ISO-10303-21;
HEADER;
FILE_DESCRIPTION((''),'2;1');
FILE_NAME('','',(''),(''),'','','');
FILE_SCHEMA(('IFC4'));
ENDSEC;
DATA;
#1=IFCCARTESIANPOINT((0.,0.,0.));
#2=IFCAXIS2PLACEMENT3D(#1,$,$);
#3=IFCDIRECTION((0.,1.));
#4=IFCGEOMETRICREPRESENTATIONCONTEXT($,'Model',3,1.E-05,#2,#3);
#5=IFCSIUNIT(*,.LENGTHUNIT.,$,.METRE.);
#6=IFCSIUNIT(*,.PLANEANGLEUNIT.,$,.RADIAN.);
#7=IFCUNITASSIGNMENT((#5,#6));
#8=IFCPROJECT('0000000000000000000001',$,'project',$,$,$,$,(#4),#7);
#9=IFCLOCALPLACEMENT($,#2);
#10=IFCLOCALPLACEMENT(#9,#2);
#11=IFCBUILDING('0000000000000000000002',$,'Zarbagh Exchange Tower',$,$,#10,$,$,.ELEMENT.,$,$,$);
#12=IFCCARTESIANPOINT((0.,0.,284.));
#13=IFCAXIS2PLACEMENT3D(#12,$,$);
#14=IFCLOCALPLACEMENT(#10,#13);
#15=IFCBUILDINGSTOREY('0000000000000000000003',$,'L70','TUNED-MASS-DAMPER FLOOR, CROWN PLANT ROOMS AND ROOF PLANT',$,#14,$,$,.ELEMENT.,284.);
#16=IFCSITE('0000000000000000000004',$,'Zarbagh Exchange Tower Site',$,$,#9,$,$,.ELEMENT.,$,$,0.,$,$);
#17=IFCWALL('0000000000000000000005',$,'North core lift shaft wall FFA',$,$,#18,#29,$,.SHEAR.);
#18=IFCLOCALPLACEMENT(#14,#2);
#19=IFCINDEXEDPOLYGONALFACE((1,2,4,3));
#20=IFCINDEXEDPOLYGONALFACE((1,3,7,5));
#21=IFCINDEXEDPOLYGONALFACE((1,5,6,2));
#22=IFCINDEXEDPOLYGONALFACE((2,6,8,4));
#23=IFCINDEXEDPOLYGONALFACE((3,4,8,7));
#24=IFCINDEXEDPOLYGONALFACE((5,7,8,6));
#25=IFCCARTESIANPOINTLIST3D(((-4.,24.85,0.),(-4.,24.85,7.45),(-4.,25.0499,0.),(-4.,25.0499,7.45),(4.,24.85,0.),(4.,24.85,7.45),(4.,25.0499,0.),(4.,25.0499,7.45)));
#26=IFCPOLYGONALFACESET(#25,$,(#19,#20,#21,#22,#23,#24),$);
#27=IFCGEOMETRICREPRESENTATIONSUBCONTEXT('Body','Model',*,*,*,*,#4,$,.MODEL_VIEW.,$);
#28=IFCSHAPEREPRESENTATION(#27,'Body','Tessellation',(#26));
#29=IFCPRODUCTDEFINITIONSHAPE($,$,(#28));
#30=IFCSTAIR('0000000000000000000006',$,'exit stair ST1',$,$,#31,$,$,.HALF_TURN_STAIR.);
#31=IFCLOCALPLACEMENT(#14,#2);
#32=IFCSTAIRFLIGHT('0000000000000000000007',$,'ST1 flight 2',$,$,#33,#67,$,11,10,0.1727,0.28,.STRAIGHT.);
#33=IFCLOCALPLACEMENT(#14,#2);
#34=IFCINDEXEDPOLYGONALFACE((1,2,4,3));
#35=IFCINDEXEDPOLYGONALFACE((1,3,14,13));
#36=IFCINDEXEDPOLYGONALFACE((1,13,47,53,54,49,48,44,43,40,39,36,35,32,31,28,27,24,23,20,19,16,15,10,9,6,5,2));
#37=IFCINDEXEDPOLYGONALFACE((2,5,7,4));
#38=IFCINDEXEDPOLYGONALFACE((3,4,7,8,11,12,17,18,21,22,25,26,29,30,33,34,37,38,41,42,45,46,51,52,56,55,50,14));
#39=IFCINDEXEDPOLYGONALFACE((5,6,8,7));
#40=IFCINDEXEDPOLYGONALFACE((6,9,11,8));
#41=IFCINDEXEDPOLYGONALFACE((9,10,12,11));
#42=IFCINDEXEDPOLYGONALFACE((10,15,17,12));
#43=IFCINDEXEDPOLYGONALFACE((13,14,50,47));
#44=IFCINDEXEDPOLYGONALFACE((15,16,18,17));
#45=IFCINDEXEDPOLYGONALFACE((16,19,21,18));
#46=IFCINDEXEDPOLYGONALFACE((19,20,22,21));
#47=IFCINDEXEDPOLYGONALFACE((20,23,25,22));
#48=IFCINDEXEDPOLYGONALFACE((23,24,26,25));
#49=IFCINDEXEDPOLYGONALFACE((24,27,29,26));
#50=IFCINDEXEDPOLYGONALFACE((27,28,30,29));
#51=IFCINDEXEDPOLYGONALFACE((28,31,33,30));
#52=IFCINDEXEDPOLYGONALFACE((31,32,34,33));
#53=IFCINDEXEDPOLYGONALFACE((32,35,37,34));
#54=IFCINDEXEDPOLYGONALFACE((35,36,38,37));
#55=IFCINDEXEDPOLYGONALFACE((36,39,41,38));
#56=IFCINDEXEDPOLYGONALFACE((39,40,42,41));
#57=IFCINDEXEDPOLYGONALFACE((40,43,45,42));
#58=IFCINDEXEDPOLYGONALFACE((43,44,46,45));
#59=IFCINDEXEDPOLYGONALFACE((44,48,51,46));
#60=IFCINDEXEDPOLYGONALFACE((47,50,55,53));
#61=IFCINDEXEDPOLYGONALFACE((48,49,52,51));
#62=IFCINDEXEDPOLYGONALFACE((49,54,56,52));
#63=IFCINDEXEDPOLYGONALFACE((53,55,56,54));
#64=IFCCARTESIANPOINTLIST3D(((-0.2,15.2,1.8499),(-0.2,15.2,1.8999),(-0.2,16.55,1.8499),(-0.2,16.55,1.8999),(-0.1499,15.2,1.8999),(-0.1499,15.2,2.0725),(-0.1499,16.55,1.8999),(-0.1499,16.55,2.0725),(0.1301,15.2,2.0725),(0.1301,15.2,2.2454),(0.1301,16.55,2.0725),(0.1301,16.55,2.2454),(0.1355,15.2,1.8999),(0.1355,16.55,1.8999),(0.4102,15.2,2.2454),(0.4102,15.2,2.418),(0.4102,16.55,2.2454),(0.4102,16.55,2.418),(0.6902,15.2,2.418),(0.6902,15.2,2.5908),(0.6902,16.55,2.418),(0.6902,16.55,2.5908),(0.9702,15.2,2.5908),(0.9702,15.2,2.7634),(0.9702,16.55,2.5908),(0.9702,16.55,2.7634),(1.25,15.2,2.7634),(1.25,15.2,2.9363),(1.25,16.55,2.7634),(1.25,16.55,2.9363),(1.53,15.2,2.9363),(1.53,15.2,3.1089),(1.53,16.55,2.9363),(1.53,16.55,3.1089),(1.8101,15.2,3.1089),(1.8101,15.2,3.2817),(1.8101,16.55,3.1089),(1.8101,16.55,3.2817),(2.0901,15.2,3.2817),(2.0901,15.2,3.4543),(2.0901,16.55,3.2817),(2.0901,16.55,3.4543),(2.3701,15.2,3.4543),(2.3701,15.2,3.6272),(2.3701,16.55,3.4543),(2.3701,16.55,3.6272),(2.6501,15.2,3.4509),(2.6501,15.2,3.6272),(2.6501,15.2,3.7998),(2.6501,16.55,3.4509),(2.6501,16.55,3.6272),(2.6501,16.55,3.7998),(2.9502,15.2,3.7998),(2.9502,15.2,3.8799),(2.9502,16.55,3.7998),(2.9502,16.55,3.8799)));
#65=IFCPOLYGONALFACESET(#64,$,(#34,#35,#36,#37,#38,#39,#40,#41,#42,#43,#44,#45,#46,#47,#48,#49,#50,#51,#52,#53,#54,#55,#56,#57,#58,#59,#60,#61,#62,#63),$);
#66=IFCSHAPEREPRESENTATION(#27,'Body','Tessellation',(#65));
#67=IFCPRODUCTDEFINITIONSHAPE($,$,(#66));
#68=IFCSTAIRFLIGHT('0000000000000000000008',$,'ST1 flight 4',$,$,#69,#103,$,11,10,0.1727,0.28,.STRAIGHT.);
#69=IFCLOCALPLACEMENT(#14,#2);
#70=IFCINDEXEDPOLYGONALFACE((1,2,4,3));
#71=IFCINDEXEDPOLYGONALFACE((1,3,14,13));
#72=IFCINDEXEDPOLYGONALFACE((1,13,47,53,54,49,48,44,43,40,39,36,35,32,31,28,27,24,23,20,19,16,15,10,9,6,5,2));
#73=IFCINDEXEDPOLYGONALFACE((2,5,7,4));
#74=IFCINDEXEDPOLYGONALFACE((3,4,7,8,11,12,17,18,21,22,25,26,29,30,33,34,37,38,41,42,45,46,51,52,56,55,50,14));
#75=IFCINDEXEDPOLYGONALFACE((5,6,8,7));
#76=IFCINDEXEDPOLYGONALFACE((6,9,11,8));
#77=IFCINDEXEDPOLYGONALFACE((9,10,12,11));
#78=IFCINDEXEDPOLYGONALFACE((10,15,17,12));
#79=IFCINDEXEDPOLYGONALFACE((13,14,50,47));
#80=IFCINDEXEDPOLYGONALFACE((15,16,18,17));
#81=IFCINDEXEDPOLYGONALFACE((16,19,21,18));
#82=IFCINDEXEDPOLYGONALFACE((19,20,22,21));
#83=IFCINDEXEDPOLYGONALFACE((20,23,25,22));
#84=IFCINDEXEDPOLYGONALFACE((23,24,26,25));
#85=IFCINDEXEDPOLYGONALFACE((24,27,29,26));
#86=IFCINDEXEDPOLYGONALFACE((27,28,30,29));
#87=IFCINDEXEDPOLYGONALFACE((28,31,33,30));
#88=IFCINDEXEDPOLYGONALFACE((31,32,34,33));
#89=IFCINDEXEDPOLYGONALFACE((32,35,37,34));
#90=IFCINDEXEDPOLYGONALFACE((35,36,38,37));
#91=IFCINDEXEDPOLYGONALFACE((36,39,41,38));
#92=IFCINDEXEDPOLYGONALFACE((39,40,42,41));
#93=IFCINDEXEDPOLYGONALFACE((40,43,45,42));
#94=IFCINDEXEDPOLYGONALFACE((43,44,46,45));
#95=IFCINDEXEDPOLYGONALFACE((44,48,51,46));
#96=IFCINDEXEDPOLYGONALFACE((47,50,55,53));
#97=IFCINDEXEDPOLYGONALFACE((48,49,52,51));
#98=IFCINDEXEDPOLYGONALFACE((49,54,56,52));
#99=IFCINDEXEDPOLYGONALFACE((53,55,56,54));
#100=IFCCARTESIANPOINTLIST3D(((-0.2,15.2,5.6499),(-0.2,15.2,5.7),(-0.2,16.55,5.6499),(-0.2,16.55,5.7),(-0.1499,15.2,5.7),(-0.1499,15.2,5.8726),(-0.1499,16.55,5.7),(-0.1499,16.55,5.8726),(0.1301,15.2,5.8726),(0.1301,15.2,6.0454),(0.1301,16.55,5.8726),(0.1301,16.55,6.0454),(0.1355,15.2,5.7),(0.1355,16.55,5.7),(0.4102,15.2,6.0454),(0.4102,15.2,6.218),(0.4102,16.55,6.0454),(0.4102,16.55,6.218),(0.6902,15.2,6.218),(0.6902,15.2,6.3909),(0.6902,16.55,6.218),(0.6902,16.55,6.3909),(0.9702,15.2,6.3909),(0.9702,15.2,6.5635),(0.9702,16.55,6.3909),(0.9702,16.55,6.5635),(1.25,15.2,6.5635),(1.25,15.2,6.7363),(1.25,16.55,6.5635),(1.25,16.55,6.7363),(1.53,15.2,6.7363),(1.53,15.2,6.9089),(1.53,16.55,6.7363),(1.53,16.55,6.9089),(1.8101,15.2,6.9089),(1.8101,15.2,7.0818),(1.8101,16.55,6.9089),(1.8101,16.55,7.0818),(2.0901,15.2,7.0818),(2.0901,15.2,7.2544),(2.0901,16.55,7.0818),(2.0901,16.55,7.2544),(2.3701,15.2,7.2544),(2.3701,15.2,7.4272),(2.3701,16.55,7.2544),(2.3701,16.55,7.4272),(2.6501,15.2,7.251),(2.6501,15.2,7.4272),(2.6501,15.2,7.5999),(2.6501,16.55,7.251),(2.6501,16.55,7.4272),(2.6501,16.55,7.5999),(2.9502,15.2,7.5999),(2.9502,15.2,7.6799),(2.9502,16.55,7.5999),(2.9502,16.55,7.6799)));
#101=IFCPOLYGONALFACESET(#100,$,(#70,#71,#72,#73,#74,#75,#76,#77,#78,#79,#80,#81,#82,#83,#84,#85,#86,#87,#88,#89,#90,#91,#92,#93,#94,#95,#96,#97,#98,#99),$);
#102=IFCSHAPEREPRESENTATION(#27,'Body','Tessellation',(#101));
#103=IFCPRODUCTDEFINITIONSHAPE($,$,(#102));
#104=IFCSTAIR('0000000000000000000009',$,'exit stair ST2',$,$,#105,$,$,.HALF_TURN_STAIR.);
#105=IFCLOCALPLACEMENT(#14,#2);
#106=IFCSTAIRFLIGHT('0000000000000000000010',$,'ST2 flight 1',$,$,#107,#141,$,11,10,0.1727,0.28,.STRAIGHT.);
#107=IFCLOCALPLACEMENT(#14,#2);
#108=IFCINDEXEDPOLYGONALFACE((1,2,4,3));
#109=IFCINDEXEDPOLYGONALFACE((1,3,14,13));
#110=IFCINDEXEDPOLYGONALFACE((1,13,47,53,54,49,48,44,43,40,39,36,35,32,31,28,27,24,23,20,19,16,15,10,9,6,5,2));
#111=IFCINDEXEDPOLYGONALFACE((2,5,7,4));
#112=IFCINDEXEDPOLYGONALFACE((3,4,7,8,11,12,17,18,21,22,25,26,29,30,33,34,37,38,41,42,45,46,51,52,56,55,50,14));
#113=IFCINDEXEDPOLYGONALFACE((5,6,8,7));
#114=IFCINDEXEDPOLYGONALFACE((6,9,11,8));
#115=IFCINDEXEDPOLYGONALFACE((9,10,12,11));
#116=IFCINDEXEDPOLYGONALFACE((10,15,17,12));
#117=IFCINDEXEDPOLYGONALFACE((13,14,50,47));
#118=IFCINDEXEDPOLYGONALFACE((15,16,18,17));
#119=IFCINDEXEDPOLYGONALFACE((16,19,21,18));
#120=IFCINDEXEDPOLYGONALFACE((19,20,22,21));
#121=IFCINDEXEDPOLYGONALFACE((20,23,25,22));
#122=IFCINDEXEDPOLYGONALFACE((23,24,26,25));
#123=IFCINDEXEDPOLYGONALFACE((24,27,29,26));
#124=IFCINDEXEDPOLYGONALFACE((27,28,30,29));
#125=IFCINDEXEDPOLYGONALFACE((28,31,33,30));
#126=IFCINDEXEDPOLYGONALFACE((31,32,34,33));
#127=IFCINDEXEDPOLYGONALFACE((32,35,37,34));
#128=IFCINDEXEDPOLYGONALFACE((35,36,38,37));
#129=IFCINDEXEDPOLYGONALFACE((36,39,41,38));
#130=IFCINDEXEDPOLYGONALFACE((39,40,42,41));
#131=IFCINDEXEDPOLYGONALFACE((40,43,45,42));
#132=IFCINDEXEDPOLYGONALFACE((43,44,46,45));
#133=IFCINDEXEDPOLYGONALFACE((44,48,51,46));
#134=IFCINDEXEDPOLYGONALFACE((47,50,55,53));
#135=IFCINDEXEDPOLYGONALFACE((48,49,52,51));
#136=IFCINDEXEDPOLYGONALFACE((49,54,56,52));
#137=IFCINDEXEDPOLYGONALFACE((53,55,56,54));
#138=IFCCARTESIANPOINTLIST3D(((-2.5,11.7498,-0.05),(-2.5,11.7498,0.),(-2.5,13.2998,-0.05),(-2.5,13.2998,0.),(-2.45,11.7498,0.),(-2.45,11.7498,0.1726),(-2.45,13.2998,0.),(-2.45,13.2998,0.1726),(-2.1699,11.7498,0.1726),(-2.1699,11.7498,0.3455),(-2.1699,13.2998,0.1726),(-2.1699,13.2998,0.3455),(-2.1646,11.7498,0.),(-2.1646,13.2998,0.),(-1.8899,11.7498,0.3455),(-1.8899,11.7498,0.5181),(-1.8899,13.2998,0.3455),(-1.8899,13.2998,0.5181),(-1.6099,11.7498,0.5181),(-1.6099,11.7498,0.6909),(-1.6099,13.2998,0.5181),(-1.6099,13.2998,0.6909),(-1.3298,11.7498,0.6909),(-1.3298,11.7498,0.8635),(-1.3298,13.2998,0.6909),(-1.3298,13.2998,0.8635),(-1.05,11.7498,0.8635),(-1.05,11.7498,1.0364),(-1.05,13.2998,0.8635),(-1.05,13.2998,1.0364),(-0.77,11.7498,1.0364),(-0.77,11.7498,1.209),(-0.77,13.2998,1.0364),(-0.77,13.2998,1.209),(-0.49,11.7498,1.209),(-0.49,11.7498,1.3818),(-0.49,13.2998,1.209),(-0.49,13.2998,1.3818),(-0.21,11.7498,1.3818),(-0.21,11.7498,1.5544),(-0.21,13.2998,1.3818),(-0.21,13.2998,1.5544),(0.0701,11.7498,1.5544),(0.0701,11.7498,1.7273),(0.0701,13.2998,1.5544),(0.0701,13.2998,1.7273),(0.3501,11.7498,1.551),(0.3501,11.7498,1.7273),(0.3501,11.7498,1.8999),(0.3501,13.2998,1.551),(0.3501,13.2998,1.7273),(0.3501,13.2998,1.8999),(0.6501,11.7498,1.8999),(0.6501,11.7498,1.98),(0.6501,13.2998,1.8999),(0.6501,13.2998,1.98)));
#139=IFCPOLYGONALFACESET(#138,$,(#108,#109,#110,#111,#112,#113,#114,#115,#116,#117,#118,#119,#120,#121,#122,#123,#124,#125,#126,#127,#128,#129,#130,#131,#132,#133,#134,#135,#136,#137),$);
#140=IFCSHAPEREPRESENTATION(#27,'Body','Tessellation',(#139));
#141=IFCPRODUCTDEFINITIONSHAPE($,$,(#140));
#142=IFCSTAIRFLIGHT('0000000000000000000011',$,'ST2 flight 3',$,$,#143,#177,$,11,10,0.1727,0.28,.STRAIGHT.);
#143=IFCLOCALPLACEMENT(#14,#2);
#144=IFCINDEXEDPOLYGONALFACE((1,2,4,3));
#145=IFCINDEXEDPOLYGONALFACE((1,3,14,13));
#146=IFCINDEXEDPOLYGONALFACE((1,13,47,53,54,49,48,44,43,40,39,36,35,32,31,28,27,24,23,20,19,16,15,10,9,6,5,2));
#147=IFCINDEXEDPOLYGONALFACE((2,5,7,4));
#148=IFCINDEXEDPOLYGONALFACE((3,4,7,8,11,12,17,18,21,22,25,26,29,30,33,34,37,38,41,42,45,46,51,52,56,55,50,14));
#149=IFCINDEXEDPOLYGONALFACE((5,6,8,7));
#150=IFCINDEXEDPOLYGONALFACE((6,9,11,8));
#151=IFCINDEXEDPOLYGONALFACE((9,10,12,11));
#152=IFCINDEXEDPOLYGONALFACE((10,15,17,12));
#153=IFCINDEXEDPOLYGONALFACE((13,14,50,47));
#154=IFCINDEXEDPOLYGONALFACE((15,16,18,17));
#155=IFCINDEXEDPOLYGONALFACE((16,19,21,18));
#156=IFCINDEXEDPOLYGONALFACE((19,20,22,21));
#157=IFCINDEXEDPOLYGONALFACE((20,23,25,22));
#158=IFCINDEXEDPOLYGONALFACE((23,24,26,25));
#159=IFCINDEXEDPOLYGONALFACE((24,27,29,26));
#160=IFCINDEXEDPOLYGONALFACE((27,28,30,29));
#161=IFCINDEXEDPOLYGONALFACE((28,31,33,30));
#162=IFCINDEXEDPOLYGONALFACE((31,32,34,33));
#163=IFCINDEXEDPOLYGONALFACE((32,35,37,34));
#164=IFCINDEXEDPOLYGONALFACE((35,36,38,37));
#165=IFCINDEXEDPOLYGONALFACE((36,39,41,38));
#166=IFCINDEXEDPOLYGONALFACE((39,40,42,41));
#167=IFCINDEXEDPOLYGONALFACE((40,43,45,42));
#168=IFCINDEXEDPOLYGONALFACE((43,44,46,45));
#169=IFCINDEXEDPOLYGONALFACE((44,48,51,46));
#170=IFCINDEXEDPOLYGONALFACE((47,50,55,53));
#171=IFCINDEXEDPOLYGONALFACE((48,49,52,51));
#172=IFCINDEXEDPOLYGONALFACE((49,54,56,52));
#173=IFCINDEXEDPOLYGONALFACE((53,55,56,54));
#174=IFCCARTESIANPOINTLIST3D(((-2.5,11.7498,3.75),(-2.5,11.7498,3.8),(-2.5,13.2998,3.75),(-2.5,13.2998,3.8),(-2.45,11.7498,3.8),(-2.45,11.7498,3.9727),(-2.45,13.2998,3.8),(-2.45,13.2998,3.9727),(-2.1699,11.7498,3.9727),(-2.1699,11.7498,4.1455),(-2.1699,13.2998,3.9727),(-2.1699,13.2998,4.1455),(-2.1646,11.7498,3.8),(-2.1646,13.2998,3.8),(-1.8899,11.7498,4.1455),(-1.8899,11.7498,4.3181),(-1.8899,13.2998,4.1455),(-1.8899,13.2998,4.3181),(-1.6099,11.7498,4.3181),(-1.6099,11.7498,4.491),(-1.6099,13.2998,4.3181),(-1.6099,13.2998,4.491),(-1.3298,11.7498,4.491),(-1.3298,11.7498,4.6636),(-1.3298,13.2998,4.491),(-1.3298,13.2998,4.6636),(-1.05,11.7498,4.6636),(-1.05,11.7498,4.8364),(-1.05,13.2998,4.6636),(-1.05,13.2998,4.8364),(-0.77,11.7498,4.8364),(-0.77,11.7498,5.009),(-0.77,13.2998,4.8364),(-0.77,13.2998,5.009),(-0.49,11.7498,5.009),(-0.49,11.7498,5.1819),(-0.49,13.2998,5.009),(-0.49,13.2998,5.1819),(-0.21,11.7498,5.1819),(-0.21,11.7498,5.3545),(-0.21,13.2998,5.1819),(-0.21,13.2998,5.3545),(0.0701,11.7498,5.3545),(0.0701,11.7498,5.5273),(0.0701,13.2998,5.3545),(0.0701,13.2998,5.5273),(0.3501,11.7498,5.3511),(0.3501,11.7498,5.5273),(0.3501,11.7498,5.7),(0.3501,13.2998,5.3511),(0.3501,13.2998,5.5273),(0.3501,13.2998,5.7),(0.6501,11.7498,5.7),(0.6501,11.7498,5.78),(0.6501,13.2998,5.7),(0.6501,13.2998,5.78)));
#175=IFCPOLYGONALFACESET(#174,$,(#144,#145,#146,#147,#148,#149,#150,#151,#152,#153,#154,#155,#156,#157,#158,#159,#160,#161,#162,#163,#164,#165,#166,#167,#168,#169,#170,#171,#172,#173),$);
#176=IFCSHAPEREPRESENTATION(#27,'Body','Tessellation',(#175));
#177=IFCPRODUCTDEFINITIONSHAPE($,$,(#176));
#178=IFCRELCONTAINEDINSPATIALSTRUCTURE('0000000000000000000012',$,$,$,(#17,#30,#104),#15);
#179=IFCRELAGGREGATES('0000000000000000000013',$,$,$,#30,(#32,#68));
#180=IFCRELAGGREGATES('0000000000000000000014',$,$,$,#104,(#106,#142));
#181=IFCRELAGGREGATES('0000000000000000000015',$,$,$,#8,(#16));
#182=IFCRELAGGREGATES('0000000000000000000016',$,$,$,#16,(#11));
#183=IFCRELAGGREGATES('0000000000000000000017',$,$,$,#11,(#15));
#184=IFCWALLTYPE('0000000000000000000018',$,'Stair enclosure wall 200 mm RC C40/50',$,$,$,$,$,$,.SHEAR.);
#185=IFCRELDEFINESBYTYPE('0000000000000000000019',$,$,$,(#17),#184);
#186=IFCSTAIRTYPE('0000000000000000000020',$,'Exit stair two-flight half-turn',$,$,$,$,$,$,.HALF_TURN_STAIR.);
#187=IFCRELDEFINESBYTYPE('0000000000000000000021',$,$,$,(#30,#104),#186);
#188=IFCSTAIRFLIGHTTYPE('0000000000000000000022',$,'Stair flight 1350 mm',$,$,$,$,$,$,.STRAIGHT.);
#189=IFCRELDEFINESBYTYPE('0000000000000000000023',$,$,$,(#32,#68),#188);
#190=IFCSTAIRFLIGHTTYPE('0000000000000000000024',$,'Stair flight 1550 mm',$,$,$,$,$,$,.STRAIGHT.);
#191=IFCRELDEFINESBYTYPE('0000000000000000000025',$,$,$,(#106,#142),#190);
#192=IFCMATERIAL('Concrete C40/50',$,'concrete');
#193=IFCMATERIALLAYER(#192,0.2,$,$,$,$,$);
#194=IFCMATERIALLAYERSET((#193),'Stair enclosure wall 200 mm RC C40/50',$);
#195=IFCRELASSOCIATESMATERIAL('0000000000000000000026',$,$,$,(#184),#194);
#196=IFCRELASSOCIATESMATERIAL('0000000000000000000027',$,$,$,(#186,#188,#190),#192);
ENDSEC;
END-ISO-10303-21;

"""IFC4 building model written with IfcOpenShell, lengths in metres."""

from ifc_helpers import new_model, si_unit, direction, frame, frame_2d, origin, place, context, subcontext, project, spatial, polyline, rectangle, outline, extrude, material, layer, layer_set, type_object, element, aggregate, save


model = new_model("IFC4")

# Units and contexts
model_context = context("Model", 3, precision=1e-05, world=origin(), true_north=direction((0.0, 1.0)))
body_context = subcontext(model_context, "Body", "Model", "MODEL_VIEW")
ifc_project = project(units=[si_unit("LENGTHUNIT", "METRE"), si_unit("PLANEANGLEUNIT", "RADIAN")], contexts=[model_context])

# Site, building, storey
site_placement = place(None, origin())
site = spatial("IfcSite", under=ifc_project, at=site_placement, Name="Zarbagh Exchange Tower Site", CompositionType="ELEMENT", RefElevation=0.0)
building_placement = place(site_placement, origin())
building = spatial("IfcBuilding", under=site, at=building_placement, Name="Zarbagh Exchange Tower", CompositionType="ELEMENT")
storey_placement = place(building_placement, frame((0.0, 0.0, 284.0)))
storey = spatial("IfcBuildingStorey", under=building, at=storey_placement, Name="L70", Description="TUNED-MASS-DAMPER FLOOR, CROWN PLANT ROOMS AND ROOF PLANT", CompositionType="ELEMENT", Elevation=284.0)

# Shared definitions
ifc_material_1 = material(Name="Concrete C40/50", Category="concrete")

# Wall
ifc_layer_1 = layer(ifc_material_1, 0.2)
ifc_layer_set_1 = layer_set([ifc_layer_1], Name="Stair enclosure wall 200 mm RC C40/50")
wall_type_1 = type_object("IfcWallType", Name="Stair enclosure wall 200 mm RC C40/50", PredefinedType="SHEAR", material=ifc_layer_set_1)
wall_1_placement = place(storey_placement, frame((-4.0, 24.95, 0.0), z_axis=(0.0, 0.0, 1.0), x_axis=(1.0, 0.0, 0.0)))
element("IfcWall", 1, at=wall_1_placement, inside=storey, type_object=wall_type_1, Name="North core lift shaft wall FFA", PredefinedType="SHEAR", context=body_context, shape_type="SweptSolid", body=[
    extrude(rectangle(XDim=8.0, YDim=0.2, at=frame_2d((4.0, 0.0))), origin(), (0.0, 0.0, 1.0), 7.45),
])

# Stairs, stair flights
stair_type = type_object("IfcStairType", Name="Exit stair two-flight half-turn", PredefinedType="HALF_TURN_STAIR", material=ifc_material_1)
stair_1_placement = place(storey_placement, origin())
stair_1 = element("IfcStair", 2, at=stair_1_placement, inside=storey, type_object=stair_type, Name="exit stair ST1", PredefinedType="HALF_TURN_STAIR")
stair_flight_type_1 = type_object("IfcStairFlightType", Name="Stair flight 1350 mm", PredefinedType="STRAIGHT", material=ifc_material_1)
stair_flight_1_placement = place(storey_placement, frame((-0.1499, 15.875, 1.8999), z_axis=(0.0, 0.0, 1.0), x_axis=(1.0, 0.0, 0.0)))
stair_flight_1 = element("IfcStairFlight", 3, at=stair_flight_1_placement, type_object=stair_flight_type_1, Name="ST1 flight 2", NumberOfRisers=11, NumberOfTreads=10, PredefinedType="STRAIGHT", RiserHeight=0.1727, TreadLength=0.28, context=body_context, shape_type="SweptSolid", body=[
    extrude(outline(polyline([(-0.05, -0.05), (-0.05, 0.0), (0.0, 0.0), (0.0, 0.1726), (0.28, 0.1726), (0.28, 0.3455), (0.5601, 0.3455), (0.5601, 0.5181), (0.8401, 0.5181), (0.8401, 0.6909), (1.1201, 0.6909), (1.1201, 0.8635), (1.3999, 0.8635), (1.3999, 1.0364), (1.6799, 1.0364), (1.6799, 1.209), (1.96, 1.209), (1.96, 1.3818), (2.24, 1.3818), (2.24, 1.5544), (2.52, 1.5544), (2.52, 1.7273), (2.8, 1.7273), (2.8, 1.8999), (3.1001, 1.98), (3.1001, 1.8999), (2.8, 1.551), (0.2854, 0.0), (-0.05, -0.05)])), frame((0.0, 0.675, 0.0), z_axis=(0.0, -1.0, 0.0), x_axis=(1.0, 0.0, 0.0)), (0.0, 0.0, 1.0), 1.3501),
])
stair_flight_2_placement = place(storey_placement, frame((-0.1499, 15.875, 5.7), z_axis=(0.0, 0.0, 1.0), x_axis=(1.0, 0.0, 0.0)))
stair_flight_2 = element("IfcStairFlight", 4, at=stair_flight_2_placement, type_object=stair_flight_type_1, Name="ST1 flight 4", NumberOfRisers=11, NumberOfTreads=10, PredefinedType="STRAIGHT", RiserHeight=0.1727, TreadLength=0.28, context=body_context, shape_type="SweptSolid", body=[
    extrude(outline(polyline([(-0.05, -0.05), (-0.05, 0.0), (0.0, 0.0), (0.0, 0.1726), (0.28, 0.1726), (0.28, 0.3455), (0.5601, 0.3455), (0.5601, 0.5181), (0.8401, 0.5181), (0.8401, 0.6909), (1.1201, 0.6909), (1.1201, 0.8635), (1.3999, 0.8635), (1.3999, 1.0364), (1.6799, 1.0364), (1.6799, 1.209), (1.96, 1.209), (1.96, 1.3818), (2.24, 1.3818), (2.24, 1.5544), (2.52, 1.5544), (2.52, 1.7273), (2.8, 1.7273), (2.8, 1.8999), (3.1001, 1.98), (3.1001, 1.8999), (2.8, 1.551), (0.2854, 0.0), (-0.05, -0.05)])), frame((0.0, 0.675, 0.0), z_axis=(0.0, -1.0, 0.0), x_axis=(1.0, 0.0, 0.0)), (0.0, 0.0, 1.0), 1.3501),
])
aggregate(stair_1, [stair_flight_1, stair_flight_2])
stair_2_placement = place(storey_placement, origin())
stair_2 = element("IfcStair", 5, at=stair_2_placement, inside=storey, type_object=stair_type, Name="exit stair ST2", PredefinedType="HALF_TURN_STAIR")
stair_flight_type_2 = type_object("IfcStairFlightType", Name="Stair flight 1550 mm", PredefinedType="STRAIGHT", material=ifc_material_1)
stair_flight_3_placement = place(storey_placement, frame((-2.45, 12.5249, 0.0), z_axis=(0.0, 0.0, 1.0), x_axis=(1.0, 0.0, 0.0)))
stair_flight_3 = element("IfcStairFlight", 6, at=stair_flight_3_placement, type_object=stair_flight_type_2, Name="ST2 flight 1", NumberOfRisers=11, NumberOfTreads=10, PredefinedType="STRAIGHT", RiserHeight=0.1727, TreadLength=0.28, context=body_context, shape_type="SweptSolid", body=[
    extrude(outline(polyline([(-0.05, -0.05), (-0.05, 0.0), (0.0, 0.0), (0.0, 0.1726), (0.28, 0.1726), (0.28, 0.3455), (0.5601, 0.3455), (0.5601, 0.5181), (0.8401, 0.5181), (0.8401, 0.6909), (1.1201, 0.6909), (1.1201, 0.8635), (1.3999, 0.8635), (1.3999, 1.0364), (1.6799, 1.0364), (1.6799, 1.209), (1.96, 1.209), (1.96, 1.3818), (2.24, 1.3818), (2.24, 1.5544), (2.52, 1.5544), (2.52, 1.7273), (2.8, 1.7273), (2.8, 1.8999), (3.1001, 1.98), (3.1001, 1.8999), (2.8, 1.551), (0.2854, 0.0), (-0.05, -0.05)])), frame((0.0, 0.7749, 0.0), z_axis=(0.0, -1.0, 0.0), x_axis=(1.0, 0.0, 0.0)), (0.0, 0.0, 1.0), 1.55),
])
stair_flight_4_placement = place(storey_placement, frame((-2.45, 12.5249, 3.8), z_axis=(0.0, 0.0, 1.0), x_axis=(1.0, 0.0, 0.0)))
stair_flight_4 = element("IfcStairFlight", 7, at=stair_flight_4_placement, type_object=stair_flight_type_2, Name="ST2 flight 3", NumberOfRisers=11, NumberOfTreads=10, PredefinedType="STRAIGHT", RiserHeight=0.1727, TreadLength=0.28, context=body_context, shape_type="SweptSolid", body=[
    extrude(outline(polyline([(-0.05, -0.05), (-0.05, 0.0), (0.0, 0.0), (0.0, 0.1726), (0.28, 0.1726), (0.28, 0.3455), (0.5601, 0.3455), (0.5601, 0.5181), (0.8401, 0.5181), (0.8401, 0.6909), (1.1201, 0.6909), (1.1201, 0.8635), (1.3999, 0.8635), (1.3999, 1.0364), (1.6799, 1.0364), (1.6799, 1.209), (1.96, 1.209), (1.96, 1.3818), (2.24, 1.3818), (2.24, 1.5544), (2.52, 1.5544), (2.52, 1.7273), (2.8, 1.7273), (2.8, 1.8999), (3.1001, 1.98), (3.1001, 1.8999), (2.8, 1.551), (0.2854, 0.0), (-0.05, -0.05)])), frame((0.0, 0.7749, 0.0), z_axis=(0.0, -1.0, 0.0), x_axis=(1.0, 0.0, 0.0)), (0.0, 0.0, 1.0), 1.55),
])
aggregate(stair_2, [stair_flight_3, stair_flight_4])

save(model, "model.ifc")
